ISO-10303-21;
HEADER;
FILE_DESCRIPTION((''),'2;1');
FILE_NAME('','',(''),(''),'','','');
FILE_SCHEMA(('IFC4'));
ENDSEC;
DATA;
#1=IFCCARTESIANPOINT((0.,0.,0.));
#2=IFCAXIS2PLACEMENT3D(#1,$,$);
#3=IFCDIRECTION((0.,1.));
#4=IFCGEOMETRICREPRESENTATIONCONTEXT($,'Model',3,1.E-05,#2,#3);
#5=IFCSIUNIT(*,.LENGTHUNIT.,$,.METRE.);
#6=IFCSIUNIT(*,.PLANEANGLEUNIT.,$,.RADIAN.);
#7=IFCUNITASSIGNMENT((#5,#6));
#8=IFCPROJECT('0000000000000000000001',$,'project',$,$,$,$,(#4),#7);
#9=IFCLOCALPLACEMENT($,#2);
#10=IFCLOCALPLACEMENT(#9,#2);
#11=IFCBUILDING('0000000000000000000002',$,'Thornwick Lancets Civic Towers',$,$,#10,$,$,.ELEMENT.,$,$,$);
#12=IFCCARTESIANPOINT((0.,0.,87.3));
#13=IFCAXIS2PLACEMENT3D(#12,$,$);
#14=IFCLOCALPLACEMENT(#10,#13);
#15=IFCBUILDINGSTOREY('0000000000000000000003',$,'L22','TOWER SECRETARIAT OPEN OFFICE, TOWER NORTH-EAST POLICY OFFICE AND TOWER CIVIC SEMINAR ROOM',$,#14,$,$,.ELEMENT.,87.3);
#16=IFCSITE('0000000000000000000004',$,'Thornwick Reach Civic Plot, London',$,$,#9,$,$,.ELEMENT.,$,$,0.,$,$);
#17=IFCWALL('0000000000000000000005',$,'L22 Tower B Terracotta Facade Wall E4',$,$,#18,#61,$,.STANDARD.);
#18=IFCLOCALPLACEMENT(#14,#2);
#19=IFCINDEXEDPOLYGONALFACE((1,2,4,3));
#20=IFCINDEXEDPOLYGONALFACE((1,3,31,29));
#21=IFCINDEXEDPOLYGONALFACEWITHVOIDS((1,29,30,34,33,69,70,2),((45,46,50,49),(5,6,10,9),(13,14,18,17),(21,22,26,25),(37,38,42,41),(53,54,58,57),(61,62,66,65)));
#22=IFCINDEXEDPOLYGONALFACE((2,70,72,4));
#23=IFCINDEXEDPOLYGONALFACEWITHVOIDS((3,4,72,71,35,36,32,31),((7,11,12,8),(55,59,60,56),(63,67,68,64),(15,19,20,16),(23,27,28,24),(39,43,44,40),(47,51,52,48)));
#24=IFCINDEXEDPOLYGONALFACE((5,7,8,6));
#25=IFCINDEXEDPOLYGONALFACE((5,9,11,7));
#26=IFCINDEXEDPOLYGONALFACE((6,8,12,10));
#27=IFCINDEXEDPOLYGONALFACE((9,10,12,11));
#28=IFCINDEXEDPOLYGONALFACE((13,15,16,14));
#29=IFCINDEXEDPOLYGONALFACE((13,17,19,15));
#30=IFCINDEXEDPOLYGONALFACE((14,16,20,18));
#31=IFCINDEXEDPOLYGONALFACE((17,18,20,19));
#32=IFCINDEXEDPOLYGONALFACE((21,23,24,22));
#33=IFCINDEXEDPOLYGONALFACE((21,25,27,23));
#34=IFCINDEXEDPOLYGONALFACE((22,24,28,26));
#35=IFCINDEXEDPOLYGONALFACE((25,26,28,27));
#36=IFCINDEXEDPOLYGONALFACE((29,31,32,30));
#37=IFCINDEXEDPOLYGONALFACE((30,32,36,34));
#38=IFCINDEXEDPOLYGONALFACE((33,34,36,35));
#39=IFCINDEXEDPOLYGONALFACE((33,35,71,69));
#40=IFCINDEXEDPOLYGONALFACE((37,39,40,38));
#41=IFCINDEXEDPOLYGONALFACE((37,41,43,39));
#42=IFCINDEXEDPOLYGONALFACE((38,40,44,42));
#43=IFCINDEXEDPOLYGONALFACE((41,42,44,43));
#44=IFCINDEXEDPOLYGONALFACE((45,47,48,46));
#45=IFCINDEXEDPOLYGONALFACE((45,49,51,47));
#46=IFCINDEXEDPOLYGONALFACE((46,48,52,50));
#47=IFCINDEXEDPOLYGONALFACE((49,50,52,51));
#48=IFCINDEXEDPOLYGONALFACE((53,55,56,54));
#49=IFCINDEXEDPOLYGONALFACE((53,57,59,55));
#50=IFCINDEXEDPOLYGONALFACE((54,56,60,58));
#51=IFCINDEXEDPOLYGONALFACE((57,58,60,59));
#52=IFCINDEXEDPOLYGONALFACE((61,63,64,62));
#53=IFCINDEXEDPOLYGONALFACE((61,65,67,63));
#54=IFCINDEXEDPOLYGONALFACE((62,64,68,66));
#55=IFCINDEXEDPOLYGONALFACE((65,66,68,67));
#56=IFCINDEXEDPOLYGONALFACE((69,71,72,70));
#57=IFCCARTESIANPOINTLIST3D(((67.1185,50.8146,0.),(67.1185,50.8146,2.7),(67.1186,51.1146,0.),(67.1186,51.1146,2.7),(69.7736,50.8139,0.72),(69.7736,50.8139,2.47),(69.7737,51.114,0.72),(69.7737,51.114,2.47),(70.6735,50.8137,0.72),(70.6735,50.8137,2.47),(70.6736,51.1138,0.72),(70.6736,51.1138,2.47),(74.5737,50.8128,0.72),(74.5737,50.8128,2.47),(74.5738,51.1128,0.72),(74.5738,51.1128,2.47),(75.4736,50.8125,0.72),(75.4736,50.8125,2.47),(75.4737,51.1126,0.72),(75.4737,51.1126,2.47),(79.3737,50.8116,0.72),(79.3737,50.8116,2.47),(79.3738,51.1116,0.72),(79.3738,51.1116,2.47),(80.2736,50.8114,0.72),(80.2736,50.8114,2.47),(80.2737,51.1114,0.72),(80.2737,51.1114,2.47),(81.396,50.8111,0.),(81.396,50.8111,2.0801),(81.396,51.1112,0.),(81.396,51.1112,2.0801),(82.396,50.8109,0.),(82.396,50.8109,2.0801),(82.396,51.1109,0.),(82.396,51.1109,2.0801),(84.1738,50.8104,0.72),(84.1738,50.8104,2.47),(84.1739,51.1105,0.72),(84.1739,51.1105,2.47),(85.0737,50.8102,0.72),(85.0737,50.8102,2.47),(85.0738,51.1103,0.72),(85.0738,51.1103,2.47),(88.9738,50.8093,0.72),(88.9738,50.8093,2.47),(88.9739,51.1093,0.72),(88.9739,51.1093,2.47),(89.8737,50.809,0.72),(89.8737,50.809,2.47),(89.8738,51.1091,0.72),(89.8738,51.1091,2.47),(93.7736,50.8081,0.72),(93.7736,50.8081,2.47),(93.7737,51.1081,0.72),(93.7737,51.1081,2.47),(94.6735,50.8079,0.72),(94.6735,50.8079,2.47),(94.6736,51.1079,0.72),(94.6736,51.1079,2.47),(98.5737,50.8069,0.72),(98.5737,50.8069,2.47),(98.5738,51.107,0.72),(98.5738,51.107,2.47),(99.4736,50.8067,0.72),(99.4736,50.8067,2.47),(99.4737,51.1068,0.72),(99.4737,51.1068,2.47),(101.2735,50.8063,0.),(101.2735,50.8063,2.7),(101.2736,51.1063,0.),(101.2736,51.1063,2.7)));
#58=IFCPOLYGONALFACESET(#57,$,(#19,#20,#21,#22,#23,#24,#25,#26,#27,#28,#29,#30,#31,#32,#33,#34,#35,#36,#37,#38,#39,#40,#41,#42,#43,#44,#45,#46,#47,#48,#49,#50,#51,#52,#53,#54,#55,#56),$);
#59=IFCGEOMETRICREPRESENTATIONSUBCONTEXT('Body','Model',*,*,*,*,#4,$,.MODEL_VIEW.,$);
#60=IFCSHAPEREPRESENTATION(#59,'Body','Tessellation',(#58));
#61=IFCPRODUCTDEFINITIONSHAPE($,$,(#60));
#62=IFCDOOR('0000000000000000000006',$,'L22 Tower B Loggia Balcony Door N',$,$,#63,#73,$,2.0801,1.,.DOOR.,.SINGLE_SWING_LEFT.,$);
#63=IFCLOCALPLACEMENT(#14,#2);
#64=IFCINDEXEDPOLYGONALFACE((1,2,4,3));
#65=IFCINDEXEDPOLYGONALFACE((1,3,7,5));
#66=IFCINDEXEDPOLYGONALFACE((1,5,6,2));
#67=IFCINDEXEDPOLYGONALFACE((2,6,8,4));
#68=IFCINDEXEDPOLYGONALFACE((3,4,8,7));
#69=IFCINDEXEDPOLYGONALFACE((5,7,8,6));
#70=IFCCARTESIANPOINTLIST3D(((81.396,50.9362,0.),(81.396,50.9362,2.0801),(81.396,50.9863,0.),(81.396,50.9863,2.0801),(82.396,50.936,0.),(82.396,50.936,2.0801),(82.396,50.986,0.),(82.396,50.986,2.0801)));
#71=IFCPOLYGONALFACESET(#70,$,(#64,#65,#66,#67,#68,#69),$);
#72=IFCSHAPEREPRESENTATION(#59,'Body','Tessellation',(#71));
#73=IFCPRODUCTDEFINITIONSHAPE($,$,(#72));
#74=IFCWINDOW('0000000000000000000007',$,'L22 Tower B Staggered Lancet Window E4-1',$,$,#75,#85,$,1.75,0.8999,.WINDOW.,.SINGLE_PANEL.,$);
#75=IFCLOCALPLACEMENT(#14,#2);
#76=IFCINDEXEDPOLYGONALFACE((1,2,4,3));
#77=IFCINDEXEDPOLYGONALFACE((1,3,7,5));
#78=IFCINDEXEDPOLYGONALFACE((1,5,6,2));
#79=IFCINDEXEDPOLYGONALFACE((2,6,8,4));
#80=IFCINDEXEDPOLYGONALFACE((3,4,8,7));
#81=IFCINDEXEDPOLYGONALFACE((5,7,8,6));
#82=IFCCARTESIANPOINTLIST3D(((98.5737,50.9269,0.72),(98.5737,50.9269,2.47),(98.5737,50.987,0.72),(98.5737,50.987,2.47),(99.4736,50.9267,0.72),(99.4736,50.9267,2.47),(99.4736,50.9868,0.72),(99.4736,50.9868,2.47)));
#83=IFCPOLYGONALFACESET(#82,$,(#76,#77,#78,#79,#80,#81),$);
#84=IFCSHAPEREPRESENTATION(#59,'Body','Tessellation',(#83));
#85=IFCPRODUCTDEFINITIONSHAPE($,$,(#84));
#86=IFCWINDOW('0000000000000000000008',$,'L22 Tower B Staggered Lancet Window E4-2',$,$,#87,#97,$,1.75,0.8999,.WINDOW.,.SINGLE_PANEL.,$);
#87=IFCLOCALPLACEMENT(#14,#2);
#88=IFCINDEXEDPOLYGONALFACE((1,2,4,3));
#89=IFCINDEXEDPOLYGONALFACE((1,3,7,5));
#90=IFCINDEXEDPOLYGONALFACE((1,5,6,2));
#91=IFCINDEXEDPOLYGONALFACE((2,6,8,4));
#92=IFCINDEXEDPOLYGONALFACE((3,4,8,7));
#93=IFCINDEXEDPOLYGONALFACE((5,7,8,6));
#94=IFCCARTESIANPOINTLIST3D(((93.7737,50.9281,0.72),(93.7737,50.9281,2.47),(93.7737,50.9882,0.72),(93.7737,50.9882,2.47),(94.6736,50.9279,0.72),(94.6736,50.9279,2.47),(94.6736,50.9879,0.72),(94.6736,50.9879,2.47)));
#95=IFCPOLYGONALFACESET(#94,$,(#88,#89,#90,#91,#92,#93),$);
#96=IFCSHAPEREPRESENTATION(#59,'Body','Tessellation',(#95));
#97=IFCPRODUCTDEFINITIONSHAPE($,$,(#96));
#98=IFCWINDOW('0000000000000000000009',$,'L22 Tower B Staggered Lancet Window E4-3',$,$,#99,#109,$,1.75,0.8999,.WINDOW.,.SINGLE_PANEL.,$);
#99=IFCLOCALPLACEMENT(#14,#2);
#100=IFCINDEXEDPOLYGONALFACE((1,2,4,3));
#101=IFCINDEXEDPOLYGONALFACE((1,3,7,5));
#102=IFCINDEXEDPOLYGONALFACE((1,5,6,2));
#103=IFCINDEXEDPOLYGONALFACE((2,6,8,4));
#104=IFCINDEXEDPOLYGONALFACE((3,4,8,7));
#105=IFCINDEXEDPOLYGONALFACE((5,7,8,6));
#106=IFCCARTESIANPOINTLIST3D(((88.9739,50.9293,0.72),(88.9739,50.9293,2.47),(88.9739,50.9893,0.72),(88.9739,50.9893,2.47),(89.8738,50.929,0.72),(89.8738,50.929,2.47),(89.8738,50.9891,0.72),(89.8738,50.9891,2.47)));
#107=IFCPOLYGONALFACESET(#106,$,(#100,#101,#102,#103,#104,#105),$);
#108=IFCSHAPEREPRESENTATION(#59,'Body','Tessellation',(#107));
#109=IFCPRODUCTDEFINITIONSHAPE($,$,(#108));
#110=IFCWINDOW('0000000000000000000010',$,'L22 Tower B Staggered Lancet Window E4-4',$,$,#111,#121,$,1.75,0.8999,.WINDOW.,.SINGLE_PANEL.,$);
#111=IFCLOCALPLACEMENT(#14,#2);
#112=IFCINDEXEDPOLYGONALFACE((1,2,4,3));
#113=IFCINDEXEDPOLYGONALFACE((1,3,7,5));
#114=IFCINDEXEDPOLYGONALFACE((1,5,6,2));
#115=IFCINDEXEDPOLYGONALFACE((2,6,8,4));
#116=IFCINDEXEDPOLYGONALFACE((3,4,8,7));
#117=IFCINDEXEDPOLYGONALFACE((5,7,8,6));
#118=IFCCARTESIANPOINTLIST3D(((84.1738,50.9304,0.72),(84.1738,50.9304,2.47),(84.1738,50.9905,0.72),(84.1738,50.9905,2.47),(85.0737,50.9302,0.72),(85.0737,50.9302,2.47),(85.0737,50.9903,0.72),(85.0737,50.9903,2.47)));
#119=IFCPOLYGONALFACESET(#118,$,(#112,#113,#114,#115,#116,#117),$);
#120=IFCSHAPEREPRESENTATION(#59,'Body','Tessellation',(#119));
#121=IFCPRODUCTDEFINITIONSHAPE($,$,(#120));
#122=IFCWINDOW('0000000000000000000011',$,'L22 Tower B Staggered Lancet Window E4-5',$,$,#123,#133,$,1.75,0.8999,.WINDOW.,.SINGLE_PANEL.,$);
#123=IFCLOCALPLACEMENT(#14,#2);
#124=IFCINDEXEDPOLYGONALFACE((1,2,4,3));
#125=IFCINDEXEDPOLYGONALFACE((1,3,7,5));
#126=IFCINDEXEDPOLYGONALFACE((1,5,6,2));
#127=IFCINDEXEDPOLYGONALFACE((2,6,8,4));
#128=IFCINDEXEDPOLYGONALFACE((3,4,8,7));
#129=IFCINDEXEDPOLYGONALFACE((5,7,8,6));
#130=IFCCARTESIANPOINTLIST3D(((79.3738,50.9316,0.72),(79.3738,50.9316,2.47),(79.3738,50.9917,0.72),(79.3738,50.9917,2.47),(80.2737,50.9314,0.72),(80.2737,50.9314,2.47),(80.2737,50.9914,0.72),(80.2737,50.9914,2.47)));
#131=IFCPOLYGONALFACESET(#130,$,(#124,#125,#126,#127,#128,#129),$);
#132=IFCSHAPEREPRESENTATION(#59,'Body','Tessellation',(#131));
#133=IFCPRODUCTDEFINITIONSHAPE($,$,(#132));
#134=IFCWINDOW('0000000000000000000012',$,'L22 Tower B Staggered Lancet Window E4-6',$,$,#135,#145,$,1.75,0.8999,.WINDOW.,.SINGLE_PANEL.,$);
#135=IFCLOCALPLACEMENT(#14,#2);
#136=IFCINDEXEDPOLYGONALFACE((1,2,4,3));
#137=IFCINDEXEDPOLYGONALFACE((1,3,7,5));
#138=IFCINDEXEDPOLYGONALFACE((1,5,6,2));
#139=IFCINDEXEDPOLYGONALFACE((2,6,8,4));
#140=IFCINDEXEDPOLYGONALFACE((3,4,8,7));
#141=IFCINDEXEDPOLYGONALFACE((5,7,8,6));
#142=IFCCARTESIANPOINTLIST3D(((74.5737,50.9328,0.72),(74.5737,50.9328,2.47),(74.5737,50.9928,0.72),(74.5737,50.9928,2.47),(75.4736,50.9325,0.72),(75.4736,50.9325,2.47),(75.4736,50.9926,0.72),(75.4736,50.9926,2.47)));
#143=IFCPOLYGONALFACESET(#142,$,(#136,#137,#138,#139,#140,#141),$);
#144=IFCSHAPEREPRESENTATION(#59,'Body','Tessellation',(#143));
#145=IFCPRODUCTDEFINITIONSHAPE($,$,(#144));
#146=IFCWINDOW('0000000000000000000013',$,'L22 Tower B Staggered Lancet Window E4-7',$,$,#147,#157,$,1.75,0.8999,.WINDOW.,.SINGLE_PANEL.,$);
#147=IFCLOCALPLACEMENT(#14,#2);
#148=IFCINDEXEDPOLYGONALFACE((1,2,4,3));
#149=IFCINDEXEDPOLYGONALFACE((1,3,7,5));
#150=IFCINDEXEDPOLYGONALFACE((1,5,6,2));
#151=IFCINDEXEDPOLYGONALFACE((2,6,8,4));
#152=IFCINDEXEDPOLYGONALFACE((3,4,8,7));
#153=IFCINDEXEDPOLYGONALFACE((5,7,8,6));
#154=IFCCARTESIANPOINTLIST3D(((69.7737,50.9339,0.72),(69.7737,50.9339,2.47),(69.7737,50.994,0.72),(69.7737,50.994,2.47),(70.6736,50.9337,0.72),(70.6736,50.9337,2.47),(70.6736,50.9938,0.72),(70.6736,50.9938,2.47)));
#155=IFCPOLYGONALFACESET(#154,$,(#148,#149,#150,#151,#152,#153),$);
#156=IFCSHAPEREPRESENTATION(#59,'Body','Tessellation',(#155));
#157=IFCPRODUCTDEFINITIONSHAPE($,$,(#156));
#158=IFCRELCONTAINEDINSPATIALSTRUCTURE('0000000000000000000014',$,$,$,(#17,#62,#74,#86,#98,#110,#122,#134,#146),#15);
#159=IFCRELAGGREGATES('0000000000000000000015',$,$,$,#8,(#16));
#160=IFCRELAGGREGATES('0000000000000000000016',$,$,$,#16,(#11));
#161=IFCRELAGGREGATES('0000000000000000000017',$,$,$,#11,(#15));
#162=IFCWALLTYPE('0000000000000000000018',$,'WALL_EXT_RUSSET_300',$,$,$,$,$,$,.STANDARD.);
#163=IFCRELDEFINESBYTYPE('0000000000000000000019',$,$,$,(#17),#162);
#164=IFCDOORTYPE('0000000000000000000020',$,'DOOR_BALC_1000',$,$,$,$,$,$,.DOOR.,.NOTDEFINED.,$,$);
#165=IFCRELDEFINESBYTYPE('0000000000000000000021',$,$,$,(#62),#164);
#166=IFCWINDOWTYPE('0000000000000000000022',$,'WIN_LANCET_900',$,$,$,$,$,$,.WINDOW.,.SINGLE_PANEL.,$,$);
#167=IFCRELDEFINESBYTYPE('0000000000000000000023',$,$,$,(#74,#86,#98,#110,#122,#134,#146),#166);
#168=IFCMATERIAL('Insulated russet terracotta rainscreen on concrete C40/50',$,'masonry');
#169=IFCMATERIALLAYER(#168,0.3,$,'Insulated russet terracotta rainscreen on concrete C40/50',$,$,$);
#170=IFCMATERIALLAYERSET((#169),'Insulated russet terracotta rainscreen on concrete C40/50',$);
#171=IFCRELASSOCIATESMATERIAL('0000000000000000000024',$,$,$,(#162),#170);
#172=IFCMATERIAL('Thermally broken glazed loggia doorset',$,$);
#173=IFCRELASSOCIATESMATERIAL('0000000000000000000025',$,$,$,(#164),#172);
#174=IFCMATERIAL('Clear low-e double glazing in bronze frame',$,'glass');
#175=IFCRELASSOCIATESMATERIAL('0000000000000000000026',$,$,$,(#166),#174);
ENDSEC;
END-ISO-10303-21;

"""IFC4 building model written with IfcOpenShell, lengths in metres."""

from ifc_helpers import new_model, si_unit, direction, frame, frame_2d, origin, place, context, subcontext, project, spatial, rectangle, extrude, material, layer, layer_set, type_object, element, fill, save


model = new_model("IFC4")

# Units and contexts
model_context = context("Model", 3, precision=1e-05, world=origin(), true_north=direction((0.0, 1.0)))
body_context = subcontext(model_context, "Body", "Model", "MODEL_VIEW")
ifc_project = project(units=[si_unit("LENGTHUNIT", "METRE"), si_unit("PLANEANGLEUNIT", "RADIAN")], contexts=[model_context])

# Site, building, storey
site_placement = place(None, origin())
site = spatial("IfcSite", under=ifc_project, at=site_placement, Name="Thornwick Reach Civic Plot, London", CompositionType="ELEMENT", RefElevation=0.0)
building_placement = place(site_placement, origin())
building = spatial("IfcBuilding", under=site, at=building_placement, Name="Thornwick Lancets Civic Towers", CompositionType="ELEMENT")
storey_placement = place(building_placement, frame((0.0, 0.0, 87.3)))
storey = spatial("IfcBuildingStorey", under=building, at=storey_placement, Name="L22", Description="TOWER SECRETARIAT OPEN OFFICE, TOWER NORTH-EAST POLICY OFFICE AND TOWER CIVIC SEMINAR ROOM", CompositionType="ELEMENT", Elevation=87.3)

# Wall, openings, door, windows
ifc_material_1 = material(Name="Insulated russet terracotta rainscreen on concrete C40/50", Category="masonry")
ifc_layer_1 = layer(ifc_material_1, 0.3, Name="Insulated russet terracotta rainscreen on concrete C40/50")
ifc_layer_set_1 = layer_set([ifc_layer_1], Name="Insulated russet terracotta rainscreen on concrete C40/50")
wall_type_1 = type_object("IfcWallType", Name="WALL_EXT_RUSSET_300", PredefinedType="STANDARD", material=ifc_layer_set_1)
wall_1_placement = place(storey_placement, frame((101.2737, 50.9563, 0.0), z_axis=(0.0, 0.0, 1.0), x_axis=(-1.0, 0.000243, 0.0)))
wall_1 = element("IfcWall", 1, at=wall_1_placement, inside=storey, type_object=wall_type_1, Name="L22 Tower B Terracotta Facade Wall E4", PredefinedType="STANDARD", context=body_context, shape_type="SweptSolid", body=[
    extrude(rectangle(XDim=34.155, YDim=0.3, at=frame_2d((17.0776, 0.0))), origin(), (0.0, 0.0, 1.0), 2.7),
])
opening_1_placement = place(wall_1_placement, frame((18.8777, 0.0, 0.0)))
opening_1 = element("IfcOpeningElement", 2, at=opening_1_placement, cuts=wall_1, PredefinedType="OPENING", context=body_context, shape_type="SweptSolid", body=[
    extrude(rectangle(XDim=1.0, YDim=2.0801, at=frame_2d((0.5, 1.04))), frame((0.0, 0.1602, 0.0), z_axis=(0.0, -1.0, 0.0), x_axis=(1.0, 0.0, 0.0)), (0.0, 0.0, 1.0), 0.3201),
])
opening_2_placement = place(wall_1_placement, frame((1.8, 0.0, 0.72)))
opening_2 = element("IfcOpeningElement", 3, at=opening_2_placement, cuts=wall_1, PredefinedType="OPENING", context=body_context, shape_type="SweptSolid", body=[
    extrude(rectangle(XDim=0.8999, YDim=1.75, at=frame_2d((0.45, 0.875))), frame((0.0, 0.1602, 0.0), z_axis=(0.0, -1.0, 0.0), x_axis=(1.0, 0.0, 0.0)), (0.0, 0.0, 1.0), 0.3201),
])
opening_3_placement = place(wall_1_placement, frame((6.6001, 0.0, 0.72)))
opening_3 = element("IfcOpeningElement", 4, at=opening_3_placement, cuts=wall_1, PredefinedType="OPENING", context=body_context, shape_type="SweptSolid", body=[
    extrude(rectangle(XDim=0.8999, YDim=1.75, at=frame_2d((0.45, 0.875))), frame((0.0, 0.1602, 0.0), z_axis=(0.0, -1.0, 0.0), x_axis=(1.0, 0.0, 0.0)), (0.0, 0.0, 1.0), 0.3201),
])
opening_4_placement = place(wall_1_placement, frame((11.3999, 0.0, 0.72)))
opening_4 = element("IfcOpeningElement", 5, at=opening_4_placement, cuts=wall_1, PredefinedType="OPENING", context=body_context, shape_type="SweptSolid", body=[
    extrude(rectangle(XDim=0.8999, YDim=1.75, at=frame_2d((0.45, 0.875))), frame((0.0, 0.1602, 0.0), z_axis=(0.0, -1.0, 0.0), x_axis=(1.0, 0.0, 0.0)), (0.0, 0.0, 1.0), 0.3201),
])
opening_5_placement = place(wall_1_placement, frame((16.2, 0.0, 0.72)))
opening_5 = element("IfcOpeningElement", 6, at=opening_5_placement, cuts=wall_1, PredefinedType="OPENING", context=body_context, shape_type="SweptSolid", body=[
    extrude(rectangle(XDim=0.8999, YDim=1.75, at=frame_2d((0.45, 0.875))), frame((0.0, 0.1602, 0.0), z_axis=(0.0, -1.0, 0.0), x_axis=(1.0, 0.0, 0.0)), (0.0, 0.0, 1.0), 0.3201),
])
opening_6_placement = place(wall_1_placement, frame((21.0, 0.0, 0.72)))
opening_6 = element("IfcOpeningElement", 7, at=opening_6_placement, cuts=wall_1, PredefinedType="OPENING", context=body_context, shape_type="SweptSolid", body=[
    extrude(rectangle(XDim=0.8999, YDim=1.75, at=frame_2d((0.45, 0.875))), frame((0.0, 0.1602, 0.0), z_axis=(0.0, -1.0, 0.0), x_axis=(1.0, 0.0, 0.0)), (0.0, 0.0, 1.0), 0.3201),
])
opening_7_placement = place(wall_1_placement, frame((25.8, 0.0, 0.72)))
opening_7 = element("IfcOpeningElement", 8, at=opening_7_placement, cuts=wall_1, PredefinedType="OPENING", context=body_context, shape_type="SweptSolid", body=[
    extrude(rectangle(XDim=0.8999, YDim=1.75, at=frame_2d((0.45, 0.875))), frame((0.0, 0.1602, 0.0), z_axis=(0.0, -1.0, 0.0), x_axis=(1.0, 0.0, 0.0)), (0.0, 0.0, 1.0), 0.3201),
])
opening_8_placement = place(wall_1_placement, frame((30.6001, 0.0, 0.72)))
opening_8 = element("IfcOpeningElement", 9, at=opening_8_placement, cuts=wall_1, PredefinedType="OPENING", context=body_context, shape_type="SweptSolid", body=[
    extrude(rectangle(XDim=0.8999, YDim=1.75, at=frame_2d((0.45, 0.875))), frame((0.0, 0.1602, 0.0), z_axis=(0.0, -1.0, 0.0), x_axis=(1.0, 0.0, 0.0)), (0.0, 0.0, 1.0), 0.3201),
])
ifc_material_2 = material(Name="Thermally broken glazed loggia doorset")
door_type = type_object("IfcDoorType", Name="DOOR_BALC_1000", OperationType="NOTDEFINED", PredefinedType="DOOR", material=ifc_material_2)
door_placement = place(opening_1_placement, origin())
door = element("IfcDoor", 10, at=door_placement, inside=storey, type_object=door_type, Name="L22 Tower B Loggia Balcony Door N", OperationType="SINGLE_SWING_LEFT", OverallHeight=2.0801, OverallWidth=1.0, PredefinedType="DOOR", context=body_context, shape_type="SweptSolid", body=[
    extrude(rectangle(XDim=1.0, YDim=2.0801, at=frame_2d((0.5, 1.04))), frame((0.0, 0.0249, 0.0), z_axis=(0.0, -1.0, 0.0), x_axis=(1.0, 0.0, 0.0)), (0.0, 0.0, 1.0), 0.05),
])
fill(opening_1, door)
ifc_material_3 = material(Name="Clear low-e double glazing in bronze frame", Category="glass")
window_type = type_object("IfcWindowType", Name="WIN_LANCET_900", PartitioningType="SINGLE_PANEL", PredefinedType="WINDOW", material=ifc_material_3)
window_1_placement = place(opening_2_placement, origin())
window_1 = element("IfcWindow", 11, at=window_1_placement, inside=storey, type_object=window_type, Name="L22 Tower B Staggered Lancet Window E4-1", OverallHeight=1.75, OverallWidth=0.8999, PartitioningType="SINGLE_PANEL", PredefinedType="WINDOW", context=body_context, shape_type="SweptSolid", body=[
    extrude(rectangle(XDim=0.8999, YDim=1.75, at=frame_2d((0.45, 0.875))), frame((0.0, 0.03, 0.0), z_axis=(0.0, -1.0, 0.0), x_axis=(1.0, 0.0, 0.0)), (0.0, 0.0, 1.0), 0.0601),
])
fill(opening_2, window_1)
window_2_placement = place(opening_3_placement, origin())
window_2 = element("IfcWindow", 12, at=window_2_placement, inside=storey, type_object=window_type, Name="L22 Tower B Staggered Lancet Window E4-2", OverallHeight=1.75, OverallWidth=0.8999, PartitioningType="SINGLE_PANEL", PredefinedType="WINDOW", context=body_context, shape_type="SweptSolid", body=[
    extrude(rectangle(XDim=0.8999, YDim=1.75, at=frame_2d((0.45, 0.875))), frame((0.0, 0.03, 0.0), z_axis=(0.0, -1.0, 0.0), x_axis=(1.0, 0.0, 0.0)), (0.0, 0.0, 1.0), 0.0601),
])
fill(opening_3, window_2)
window_3_placement = place(opening_4_placement, origin())
window_3 = element("IfcWindow", 13, at=window_3_placement, inside=storey, type_object=window_type, Name="L22 Tower B Staggered Lancet Window E4-3", OverallHeight=1.75, OverallWidth=0.8999, PartitioningType="SINGLE_PANEL", PredefinedType="WINDOW", context=body_context, shape_type="SweptSolid", body=[
    extrude(rectangle(XDim=0.8999, YDim=1.75, at=frame_2d((0.45, 0.875))), frame((0.0, 0.03, 0.0), z_axis=(0.0, -1.0, 0.0), x_axis=(1.0, 0.0, 0.0)), (0.0, 0.0, 1.0), 0.0601),
])
fill(opening_4, window_3)
window_4_placement = place(opening_5_placement, origin())
window_4 = element("IfcWindow", 14, at=window_4_placement, inside=storey, type_object=window_type, Name="L22 Tower B Staggered Lancet Window E4-4", OverallHeight=1.75, OverallWidth=0.8999, PartitioningType="SINGLE_PANEL", PredefinedType="WINDOW", context=body_context, shape_type="SweptSolid", body=[
    extrude(rectangle(XDim=0.8999, YDim=1.75, at=frame_2d((0.45, 0.875))), frame((0.0, 0.03, 0.0), z_axis=(0.0, -1.0, 0.0), x_axis=(1.0, 0.0, 0.0)), (0.0, 0.0, 1.0), 0.0601),
])
fill(opening_5, window_4)
window_5_placement = place(opening_6_placement, origin())
window_5 = element("IfcWindow", 15, at=window_5_placement, inside=storey, type_object=window_type, Name="L22 Tower B Staggered Lancet Window E4-5", OverallHeight=1.75, OverallWidth=0.8999, PartitioningType="SINGLE_PANEL", PredefinedType="WINDOW", context=body_context, shape_type="SweptSolid", body=[
    extrude(rectangle(XDim=0.8999, YDim=1.75, at=frame_2d((0.45, 0.875))), frame((0.0, 0.03, 0.0), z_axis=(0.0, -1.0, 0.0), x_axis=(1.0, 0.0, 0.0)), (0.0, 0.0, 1.0), 0.0601),
])
fill(opening_6, window_5)
window_6_placement = place(opening_7_placement, origin())
window_6 = element("IfcWindow", 16, at=window_6_placement, inside=storey, type_object=window_type, Name="L22 Tower B Staggered Lancet Window E4-6", OverallHeight=1.75, OverallWidth=0.8999, PartitioningType="SINGLE_PANEL", PredefinedType="WINDOW", context=body_context, shape_type="SweptSolid", body=[
    extrude(rectangle(XDim=0.8999, YDim=1.75, at=frame_2d((0.45, 0.875))), frame((0.0, 0.03, 0.0), z_axis=(0.0, -1.0, 0.0), x_axis=(1.0, 0.0, 0.0)), (0.0, 0.0, 1.0), 0.0601),
])
fill(opening_7, window_6)
window_7_placement = place(opening_8_placement, origin())
window_7 = element("IfcWindow", 17, at=window_7_placement, inside=storey, type_object=window_type, Name="L22 Tower B Staggered Lancet Window E4-7", OverallHeight=1.75, OverallWidth=0.8999, PartitioningType="SINGLE_PANEL", PredefinedType="WINDOW", context=body_context, shape_type="SweptSolid", body=[
    extrude(rectangle(XDim=0.8999, YDim=1.75, at=frame_2d((0.45, 0.875))), frame((0.0, 0.03, 0.0), z_axis=(0.0, -1.0, 0.0), x_axis=(1.0, 0.0, 0.0)), (0.0, 0.0, 1.0), 0.0601),
])
fill(opening_8, window_7)

save(model, "model.ifc")
